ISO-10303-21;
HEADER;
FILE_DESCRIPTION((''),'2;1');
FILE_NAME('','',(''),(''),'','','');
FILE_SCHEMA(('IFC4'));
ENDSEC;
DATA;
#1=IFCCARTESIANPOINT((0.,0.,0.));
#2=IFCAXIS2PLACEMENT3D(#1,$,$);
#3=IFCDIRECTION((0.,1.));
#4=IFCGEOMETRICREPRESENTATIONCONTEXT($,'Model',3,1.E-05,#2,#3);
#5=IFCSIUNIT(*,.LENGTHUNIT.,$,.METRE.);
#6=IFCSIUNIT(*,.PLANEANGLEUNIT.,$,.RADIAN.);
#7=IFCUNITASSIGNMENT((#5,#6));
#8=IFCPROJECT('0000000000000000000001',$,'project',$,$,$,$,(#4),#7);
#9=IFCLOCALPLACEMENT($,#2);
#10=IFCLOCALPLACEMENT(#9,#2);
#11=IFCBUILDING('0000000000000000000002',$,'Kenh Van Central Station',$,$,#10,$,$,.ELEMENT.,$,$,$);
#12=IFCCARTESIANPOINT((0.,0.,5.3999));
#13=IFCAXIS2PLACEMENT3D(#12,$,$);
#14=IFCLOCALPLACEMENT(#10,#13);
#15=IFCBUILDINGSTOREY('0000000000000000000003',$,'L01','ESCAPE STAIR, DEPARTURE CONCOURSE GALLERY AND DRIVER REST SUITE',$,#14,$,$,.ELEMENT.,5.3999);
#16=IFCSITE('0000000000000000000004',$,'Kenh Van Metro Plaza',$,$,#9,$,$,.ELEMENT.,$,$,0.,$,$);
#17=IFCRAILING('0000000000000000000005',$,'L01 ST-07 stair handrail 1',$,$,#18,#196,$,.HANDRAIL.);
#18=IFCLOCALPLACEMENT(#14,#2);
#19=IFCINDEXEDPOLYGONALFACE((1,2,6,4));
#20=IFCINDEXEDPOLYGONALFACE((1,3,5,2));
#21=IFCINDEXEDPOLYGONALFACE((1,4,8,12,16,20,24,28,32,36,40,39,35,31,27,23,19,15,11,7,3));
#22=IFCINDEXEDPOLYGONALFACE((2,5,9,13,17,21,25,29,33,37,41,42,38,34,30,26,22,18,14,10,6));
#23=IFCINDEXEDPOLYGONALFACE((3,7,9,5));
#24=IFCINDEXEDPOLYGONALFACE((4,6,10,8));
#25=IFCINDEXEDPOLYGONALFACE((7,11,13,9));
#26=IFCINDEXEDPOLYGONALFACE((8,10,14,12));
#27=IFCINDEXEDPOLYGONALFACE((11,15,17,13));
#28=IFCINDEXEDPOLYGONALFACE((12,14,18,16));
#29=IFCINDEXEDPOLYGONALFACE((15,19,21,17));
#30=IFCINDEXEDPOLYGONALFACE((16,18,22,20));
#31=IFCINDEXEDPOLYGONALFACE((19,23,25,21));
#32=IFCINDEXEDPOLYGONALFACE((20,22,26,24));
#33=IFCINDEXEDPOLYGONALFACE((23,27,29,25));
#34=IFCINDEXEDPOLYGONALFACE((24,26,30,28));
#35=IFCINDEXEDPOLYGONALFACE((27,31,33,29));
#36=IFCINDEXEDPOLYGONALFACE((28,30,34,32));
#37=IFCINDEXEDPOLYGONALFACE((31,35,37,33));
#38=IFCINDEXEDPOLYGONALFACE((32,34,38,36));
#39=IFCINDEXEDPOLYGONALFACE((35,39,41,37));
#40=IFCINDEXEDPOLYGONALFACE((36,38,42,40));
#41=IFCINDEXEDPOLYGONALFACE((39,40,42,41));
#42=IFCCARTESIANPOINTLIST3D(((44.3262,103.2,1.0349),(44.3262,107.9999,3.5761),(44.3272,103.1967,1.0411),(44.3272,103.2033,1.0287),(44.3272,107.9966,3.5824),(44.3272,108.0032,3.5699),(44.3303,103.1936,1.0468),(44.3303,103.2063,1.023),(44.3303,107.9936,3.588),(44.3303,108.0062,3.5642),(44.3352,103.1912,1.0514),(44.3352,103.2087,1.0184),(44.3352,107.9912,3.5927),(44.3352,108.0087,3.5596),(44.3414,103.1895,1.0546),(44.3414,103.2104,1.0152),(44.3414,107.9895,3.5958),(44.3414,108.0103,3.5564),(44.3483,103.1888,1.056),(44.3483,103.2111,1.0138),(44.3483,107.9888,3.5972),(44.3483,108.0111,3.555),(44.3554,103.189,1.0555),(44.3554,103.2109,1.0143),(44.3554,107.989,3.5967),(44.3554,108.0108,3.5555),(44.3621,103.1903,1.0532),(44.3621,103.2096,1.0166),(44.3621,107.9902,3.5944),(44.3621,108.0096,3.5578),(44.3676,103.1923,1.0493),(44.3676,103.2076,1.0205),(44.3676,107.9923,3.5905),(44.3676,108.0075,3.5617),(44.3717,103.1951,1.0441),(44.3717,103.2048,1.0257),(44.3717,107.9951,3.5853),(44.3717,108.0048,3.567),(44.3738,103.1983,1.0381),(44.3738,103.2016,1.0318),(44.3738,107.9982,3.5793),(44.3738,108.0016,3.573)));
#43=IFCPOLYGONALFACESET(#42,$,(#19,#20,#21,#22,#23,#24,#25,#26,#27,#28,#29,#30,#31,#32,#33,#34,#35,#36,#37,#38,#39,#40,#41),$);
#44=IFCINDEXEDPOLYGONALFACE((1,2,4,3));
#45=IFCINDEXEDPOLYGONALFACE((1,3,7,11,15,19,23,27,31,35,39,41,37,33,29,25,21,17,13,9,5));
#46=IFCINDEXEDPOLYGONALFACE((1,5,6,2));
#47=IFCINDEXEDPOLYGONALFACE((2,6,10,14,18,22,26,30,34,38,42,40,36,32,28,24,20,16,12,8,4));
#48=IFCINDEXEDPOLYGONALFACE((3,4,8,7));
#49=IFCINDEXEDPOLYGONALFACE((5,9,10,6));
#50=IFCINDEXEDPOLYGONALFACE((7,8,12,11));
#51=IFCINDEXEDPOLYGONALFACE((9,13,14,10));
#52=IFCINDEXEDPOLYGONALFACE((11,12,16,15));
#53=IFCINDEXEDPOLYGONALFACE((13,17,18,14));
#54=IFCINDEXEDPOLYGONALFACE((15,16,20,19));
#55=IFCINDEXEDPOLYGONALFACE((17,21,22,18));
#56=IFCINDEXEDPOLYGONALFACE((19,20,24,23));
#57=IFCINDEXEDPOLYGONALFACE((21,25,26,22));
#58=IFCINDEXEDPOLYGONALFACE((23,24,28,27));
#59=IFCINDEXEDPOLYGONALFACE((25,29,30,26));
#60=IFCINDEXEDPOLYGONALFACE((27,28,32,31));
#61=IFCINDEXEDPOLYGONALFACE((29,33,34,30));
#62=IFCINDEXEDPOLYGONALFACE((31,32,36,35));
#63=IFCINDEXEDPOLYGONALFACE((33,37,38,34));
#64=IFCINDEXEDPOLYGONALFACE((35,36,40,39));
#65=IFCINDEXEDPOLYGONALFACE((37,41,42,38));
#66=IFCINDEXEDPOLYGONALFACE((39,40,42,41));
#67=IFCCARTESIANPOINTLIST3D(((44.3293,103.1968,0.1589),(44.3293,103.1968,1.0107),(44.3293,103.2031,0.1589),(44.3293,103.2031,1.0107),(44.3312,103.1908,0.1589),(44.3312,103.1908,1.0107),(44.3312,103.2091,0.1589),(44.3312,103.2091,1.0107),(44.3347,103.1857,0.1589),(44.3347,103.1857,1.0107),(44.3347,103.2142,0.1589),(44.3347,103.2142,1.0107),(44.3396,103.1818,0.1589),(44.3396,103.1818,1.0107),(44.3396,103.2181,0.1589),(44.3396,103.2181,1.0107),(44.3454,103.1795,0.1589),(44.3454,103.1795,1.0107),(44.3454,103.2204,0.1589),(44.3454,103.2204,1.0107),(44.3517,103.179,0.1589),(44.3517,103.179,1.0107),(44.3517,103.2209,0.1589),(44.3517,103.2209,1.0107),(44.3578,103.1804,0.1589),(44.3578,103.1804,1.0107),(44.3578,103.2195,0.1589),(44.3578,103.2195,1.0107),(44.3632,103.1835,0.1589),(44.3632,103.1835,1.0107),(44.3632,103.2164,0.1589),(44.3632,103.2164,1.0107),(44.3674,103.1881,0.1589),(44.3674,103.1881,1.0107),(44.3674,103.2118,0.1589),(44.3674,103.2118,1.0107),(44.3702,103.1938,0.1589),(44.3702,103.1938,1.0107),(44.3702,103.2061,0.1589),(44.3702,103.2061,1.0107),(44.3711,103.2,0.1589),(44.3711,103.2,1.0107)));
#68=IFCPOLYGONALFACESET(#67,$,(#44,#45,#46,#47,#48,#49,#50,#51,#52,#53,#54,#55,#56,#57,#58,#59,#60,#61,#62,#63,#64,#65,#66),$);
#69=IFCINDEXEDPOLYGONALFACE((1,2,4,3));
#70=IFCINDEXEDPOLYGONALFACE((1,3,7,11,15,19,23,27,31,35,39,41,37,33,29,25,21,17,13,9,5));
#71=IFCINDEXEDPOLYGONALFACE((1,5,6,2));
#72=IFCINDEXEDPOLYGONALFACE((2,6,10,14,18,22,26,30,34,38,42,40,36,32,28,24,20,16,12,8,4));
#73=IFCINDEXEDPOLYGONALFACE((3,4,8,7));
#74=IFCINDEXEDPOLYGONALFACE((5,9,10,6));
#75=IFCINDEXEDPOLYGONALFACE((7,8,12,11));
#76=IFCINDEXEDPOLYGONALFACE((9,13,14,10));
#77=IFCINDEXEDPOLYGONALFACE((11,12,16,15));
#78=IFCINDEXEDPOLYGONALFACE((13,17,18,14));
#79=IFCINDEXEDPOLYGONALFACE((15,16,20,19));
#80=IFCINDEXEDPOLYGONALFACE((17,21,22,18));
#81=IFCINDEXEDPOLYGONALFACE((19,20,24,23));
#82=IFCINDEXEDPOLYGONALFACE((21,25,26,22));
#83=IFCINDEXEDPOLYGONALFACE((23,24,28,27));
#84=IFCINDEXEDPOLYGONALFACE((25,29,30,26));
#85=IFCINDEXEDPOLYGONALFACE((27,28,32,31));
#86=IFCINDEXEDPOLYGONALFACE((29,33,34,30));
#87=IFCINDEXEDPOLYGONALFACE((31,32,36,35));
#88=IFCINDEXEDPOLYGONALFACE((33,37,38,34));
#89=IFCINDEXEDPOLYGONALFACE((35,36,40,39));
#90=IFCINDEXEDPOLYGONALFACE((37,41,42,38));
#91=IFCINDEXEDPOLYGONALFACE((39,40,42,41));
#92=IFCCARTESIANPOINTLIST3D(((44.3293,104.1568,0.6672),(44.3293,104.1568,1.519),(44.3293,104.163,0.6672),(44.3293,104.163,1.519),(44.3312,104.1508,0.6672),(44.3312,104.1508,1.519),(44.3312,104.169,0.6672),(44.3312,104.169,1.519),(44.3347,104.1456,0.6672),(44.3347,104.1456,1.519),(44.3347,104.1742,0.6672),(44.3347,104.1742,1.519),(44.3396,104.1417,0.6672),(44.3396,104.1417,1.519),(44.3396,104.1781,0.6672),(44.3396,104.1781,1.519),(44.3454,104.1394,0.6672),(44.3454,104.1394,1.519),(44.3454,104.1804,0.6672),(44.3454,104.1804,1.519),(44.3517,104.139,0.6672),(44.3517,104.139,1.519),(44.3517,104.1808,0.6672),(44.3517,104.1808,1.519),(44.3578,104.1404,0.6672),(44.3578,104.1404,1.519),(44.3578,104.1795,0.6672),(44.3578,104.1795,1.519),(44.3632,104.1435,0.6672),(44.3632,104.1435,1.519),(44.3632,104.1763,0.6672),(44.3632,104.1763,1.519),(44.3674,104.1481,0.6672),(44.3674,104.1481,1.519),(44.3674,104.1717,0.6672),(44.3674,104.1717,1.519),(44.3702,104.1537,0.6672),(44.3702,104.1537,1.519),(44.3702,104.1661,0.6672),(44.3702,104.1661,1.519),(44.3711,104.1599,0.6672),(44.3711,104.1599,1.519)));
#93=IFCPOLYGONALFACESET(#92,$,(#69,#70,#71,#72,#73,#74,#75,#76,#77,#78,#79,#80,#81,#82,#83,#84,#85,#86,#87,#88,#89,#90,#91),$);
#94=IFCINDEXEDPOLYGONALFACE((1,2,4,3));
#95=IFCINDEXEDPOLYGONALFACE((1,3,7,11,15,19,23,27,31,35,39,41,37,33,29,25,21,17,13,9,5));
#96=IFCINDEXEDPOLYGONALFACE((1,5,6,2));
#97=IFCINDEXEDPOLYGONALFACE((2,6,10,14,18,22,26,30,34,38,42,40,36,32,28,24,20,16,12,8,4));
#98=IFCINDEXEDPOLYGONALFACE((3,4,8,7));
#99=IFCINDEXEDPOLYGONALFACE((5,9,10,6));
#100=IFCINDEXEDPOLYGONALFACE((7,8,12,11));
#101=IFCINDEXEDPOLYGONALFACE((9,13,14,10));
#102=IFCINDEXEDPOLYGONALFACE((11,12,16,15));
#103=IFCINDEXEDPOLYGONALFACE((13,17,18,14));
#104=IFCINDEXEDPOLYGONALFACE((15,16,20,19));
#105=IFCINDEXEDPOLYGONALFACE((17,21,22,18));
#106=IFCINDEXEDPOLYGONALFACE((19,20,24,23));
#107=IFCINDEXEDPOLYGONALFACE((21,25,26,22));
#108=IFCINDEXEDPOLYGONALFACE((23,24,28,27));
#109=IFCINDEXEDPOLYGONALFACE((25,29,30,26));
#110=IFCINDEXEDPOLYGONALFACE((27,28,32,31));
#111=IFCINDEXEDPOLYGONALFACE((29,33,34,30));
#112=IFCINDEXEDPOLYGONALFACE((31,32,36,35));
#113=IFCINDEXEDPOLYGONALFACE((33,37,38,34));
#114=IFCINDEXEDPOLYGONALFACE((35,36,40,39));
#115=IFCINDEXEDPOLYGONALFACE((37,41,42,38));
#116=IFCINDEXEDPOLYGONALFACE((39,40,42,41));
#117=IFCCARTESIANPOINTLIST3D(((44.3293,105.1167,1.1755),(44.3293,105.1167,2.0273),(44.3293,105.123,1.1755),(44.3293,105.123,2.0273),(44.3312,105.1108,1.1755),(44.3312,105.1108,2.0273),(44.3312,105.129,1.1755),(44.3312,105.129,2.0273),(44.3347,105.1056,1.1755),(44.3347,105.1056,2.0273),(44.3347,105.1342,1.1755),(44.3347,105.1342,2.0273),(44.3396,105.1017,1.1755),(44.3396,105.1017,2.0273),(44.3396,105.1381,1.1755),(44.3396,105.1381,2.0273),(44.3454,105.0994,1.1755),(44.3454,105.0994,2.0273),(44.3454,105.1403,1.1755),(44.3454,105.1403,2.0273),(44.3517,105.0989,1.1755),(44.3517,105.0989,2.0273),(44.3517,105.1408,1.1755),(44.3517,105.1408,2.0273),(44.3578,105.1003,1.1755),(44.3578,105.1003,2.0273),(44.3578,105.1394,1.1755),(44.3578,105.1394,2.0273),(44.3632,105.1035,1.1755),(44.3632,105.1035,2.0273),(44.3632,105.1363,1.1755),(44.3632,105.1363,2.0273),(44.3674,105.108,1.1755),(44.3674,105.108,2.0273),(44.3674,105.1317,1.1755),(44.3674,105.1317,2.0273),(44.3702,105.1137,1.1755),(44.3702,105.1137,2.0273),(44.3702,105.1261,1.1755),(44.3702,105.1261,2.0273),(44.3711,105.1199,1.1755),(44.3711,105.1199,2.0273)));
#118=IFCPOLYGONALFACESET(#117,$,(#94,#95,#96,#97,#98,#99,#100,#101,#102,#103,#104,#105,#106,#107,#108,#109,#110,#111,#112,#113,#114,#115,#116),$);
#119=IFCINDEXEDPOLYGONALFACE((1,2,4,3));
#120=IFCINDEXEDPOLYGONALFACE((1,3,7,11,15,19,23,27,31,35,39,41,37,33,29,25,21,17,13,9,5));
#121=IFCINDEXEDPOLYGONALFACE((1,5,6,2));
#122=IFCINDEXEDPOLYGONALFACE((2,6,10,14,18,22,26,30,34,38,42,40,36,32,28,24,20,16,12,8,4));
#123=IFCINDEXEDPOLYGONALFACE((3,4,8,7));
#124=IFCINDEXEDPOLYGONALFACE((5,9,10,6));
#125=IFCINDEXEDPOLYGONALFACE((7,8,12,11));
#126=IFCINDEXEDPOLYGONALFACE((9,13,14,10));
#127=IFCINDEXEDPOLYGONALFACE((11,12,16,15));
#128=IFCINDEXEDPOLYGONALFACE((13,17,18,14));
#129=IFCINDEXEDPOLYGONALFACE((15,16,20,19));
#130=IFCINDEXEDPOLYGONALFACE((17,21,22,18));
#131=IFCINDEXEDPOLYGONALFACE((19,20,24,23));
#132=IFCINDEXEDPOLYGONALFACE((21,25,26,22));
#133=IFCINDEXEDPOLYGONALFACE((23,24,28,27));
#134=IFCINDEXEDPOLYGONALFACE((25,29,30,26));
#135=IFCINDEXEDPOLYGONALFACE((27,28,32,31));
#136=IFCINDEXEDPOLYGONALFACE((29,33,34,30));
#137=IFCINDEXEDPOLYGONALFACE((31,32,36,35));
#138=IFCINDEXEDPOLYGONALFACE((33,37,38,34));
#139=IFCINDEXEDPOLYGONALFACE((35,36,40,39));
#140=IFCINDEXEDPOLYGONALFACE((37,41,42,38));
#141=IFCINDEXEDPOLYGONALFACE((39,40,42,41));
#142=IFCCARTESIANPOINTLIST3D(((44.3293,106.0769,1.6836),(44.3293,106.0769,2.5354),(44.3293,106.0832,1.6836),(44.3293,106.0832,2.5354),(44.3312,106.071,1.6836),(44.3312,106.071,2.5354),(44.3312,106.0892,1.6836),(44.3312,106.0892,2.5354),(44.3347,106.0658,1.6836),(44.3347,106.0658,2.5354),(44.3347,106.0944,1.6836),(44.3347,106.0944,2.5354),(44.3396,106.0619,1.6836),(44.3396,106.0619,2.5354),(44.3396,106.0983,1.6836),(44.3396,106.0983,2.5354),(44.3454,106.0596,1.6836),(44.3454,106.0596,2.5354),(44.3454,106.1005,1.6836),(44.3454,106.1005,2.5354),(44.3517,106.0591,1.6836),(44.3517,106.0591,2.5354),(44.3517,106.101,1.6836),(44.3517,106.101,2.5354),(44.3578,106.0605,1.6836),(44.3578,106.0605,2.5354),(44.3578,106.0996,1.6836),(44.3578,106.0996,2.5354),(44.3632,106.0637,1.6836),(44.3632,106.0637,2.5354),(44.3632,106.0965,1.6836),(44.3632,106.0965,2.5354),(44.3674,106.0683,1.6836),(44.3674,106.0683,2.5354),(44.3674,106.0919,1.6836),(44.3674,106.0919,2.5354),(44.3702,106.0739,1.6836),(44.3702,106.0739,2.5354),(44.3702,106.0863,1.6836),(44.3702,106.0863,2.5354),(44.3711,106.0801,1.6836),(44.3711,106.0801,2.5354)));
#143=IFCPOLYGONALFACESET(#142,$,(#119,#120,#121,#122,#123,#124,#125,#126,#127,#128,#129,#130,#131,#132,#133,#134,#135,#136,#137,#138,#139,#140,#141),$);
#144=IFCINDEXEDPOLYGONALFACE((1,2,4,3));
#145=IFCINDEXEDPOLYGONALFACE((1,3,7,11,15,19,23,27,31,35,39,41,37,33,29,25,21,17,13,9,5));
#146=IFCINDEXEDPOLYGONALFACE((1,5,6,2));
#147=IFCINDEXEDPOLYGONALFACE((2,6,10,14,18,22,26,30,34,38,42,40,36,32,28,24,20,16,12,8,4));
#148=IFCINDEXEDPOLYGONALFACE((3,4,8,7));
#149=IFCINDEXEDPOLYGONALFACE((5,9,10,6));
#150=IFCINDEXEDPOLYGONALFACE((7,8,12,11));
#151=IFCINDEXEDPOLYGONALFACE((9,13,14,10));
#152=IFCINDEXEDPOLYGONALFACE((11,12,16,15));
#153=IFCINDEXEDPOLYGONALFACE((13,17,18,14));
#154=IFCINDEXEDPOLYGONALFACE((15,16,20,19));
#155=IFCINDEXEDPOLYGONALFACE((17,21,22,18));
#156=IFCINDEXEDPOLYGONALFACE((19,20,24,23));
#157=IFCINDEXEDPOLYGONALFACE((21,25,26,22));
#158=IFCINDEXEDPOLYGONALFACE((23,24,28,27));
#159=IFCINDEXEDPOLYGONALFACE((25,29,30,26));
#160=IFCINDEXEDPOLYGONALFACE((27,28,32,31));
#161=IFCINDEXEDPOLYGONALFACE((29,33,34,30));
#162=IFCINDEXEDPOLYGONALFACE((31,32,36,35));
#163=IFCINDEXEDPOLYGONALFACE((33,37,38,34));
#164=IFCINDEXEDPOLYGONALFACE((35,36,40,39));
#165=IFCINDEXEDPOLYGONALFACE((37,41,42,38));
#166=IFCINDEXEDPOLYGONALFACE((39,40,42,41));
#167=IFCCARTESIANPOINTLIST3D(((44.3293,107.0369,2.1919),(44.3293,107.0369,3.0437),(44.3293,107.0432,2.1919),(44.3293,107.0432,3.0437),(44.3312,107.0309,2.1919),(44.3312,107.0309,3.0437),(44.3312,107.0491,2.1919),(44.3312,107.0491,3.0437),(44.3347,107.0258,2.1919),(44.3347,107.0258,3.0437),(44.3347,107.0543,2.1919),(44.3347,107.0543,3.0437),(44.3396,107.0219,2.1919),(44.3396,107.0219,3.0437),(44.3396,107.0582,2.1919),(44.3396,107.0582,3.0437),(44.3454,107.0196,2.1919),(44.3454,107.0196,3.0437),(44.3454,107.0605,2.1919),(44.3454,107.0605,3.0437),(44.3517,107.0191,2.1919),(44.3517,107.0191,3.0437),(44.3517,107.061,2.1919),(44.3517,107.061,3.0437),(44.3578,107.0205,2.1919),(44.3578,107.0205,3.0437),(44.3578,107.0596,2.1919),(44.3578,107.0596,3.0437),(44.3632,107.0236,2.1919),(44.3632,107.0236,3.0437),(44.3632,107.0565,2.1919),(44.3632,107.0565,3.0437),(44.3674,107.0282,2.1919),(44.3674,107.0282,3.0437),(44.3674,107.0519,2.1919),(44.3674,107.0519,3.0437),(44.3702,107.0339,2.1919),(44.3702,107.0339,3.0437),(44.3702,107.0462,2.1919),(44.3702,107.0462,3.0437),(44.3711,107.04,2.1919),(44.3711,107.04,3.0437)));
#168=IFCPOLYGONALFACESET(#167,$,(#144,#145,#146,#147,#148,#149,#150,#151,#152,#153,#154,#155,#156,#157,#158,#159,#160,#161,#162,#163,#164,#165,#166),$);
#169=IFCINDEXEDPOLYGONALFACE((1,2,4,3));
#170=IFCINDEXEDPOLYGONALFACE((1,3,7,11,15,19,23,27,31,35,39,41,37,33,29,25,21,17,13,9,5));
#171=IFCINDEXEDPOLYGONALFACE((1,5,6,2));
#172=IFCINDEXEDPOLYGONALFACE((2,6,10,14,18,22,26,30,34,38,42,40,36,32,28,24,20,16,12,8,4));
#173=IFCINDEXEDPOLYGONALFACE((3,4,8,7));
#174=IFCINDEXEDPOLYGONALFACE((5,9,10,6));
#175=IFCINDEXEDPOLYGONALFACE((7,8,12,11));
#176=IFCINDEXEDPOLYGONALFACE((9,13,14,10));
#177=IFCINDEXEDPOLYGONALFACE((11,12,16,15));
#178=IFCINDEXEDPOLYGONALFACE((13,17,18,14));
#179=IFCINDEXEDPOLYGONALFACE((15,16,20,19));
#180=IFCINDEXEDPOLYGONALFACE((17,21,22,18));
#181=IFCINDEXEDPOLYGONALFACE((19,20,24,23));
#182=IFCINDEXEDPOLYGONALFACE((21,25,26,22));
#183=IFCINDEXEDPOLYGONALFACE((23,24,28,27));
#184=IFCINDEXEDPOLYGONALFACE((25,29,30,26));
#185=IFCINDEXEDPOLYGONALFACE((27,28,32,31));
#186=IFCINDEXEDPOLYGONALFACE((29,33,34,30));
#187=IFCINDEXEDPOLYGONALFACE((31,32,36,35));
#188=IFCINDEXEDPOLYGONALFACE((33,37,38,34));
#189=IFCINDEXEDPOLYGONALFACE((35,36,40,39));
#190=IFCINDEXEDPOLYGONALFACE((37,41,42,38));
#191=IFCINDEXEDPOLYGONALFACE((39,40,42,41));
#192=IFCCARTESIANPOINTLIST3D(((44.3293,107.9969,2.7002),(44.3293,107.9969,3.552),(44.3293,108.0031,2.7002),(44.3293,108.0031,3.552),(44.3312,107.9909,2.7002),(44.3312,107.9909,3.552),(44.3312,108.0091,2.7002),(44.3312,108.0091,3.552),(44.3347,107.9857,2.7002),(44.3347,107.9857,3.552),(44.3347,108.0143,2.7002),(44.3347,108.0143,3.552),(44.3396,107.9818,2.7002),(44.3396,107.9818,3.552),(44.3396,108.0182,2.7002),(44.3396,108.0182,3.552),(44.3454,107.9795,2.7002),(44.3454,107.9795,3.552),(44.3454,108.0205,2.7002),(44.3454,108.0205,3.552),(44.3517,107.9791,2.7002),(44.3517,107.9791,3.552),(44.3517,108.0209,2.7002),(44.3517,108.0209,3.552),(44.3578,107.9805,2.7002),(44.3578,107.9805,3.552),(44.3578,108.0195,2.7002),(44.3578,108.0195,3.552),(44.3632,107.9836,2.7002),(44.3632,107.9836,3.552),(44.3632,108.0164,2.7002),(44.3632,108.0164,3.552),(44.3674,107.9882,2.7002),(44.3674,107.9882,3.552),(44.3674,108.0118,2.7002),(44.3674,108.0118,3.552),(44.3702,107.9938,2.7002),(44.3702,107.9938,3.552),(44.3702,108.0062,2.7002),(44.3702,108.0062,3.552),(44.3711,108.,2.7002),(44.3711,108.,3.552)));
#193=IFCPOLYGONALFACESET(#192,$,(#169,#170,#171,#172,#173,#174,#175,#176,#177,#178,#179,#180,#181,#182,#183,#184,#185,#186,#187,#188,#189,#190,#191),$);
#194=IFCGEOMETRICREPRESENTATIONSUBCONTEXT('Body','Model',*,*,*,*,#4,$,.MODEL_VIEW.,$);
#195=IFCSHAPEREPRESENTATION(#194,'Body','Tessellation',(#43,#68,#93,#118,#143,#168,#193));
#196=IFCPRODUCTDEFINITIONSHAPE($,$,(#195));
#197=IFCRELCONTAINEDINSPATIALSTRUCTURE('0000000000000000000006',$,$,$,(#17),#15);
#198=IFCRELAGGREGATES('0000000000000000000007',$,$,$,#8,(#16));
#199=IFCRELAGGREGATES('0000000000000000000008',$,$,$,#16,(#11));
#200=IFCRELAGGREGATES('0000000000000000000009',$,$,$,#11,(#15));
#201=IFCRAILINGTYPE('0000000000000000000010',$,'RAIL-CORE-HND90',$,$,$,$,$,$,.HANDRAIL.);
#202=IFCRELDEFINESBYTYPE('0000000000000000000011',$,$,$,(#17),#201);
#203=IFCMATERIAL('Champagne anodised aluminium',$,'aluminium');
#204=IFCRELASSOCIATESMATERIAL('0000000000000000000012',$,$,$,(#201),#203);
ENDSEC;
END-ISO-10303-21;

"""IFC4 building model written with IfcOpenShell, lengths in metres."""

from ifc_helpers import new_model, si_unit, direction, frame, origin, origin_2d, place, context, subcontext, project, spatial, circle, extrude, material, type_object, element, save


model = new_model("IFC4")

# Units and contexts
model_context = context("Model", 3, precision=1e-05, world=origin(), true_north=direction((0.0, 1.0)))
body_context = subcontext(model_context, "Body", "Model", "MODEL_VIEW")
ifc_project = project(units=[si_unit("LENGTHUNIT", "METRE"), si_unit("PLANEANGLEUNIT", "RADIAN")], contexts=[model_context])

# Site, building, storey
site_placement = place(None, origin())
site = spatial("IfcSite", under=ifc_project, at=site_placement, Name="Kenh Van Metro Plaza", CompositionType="ELEMENT", RefElevation=0.0)
building_placement = place(site_placement, origin())
building = spatial("IfcBuilding", under=site, at=building_placement, Name="Kenh Van Central Station", CompositionType="ELEMENT")
storey_placement = place(building_placement, frame((0.0, 0.0, 5.3999)))
storey = spatial("IfcBuildingStorey", under=building, at=storey_placement, Name="L01", Description="ESCAPE STAIR, DEPARTURE CONCOURSE GALLERY AND DRIVER REST SUITE", CompositionType="ELEMENT", Elevation=5.3999)

# Shared definitions
ifc_material_1 = material(Name="Champagne anodised aluminium", Category="aluminium")

# Railing
railing_type = type_object("IfcRailingType", Name="RAIL-CORE-HND90", PredefinedType="HANDRAIL", material=ifc_material_1)
railing_placement = place(storey_placement, frame((44.3501, 103.2, 0.1589)))
element("IfcRailing", 1, at=railing_placement, inside=storey, type_object=railing_type, Name="L01 ST-07 stair handrail 1", PredefinedType="HANDRAIL", context=body_context, shape_type="SweptSolid", body=[
    extrude(circle(Radius=0.0239, at=origin_2d()), frame((0.0, 0.0, 0.876), z_axis=(0.0, 0.883784, 0.467896), x_axis=(-1.0, 0.0, 0.0)), (0.0, 0.0, 1.0), 5.4312),
    extrude(circle(Radius=0.021, at=origin_2d()), origin(), (0.0, 0.0, 1.0), 0.8518),
    extrude(circle(Radius=0.021, at=origin_2d()), frame((0.0, 0.96, 0.5083)), (0.0, 0.0, 1.0), 0.8518),
    extrude(circle(Radius=0.021, at=origin_2d()), frame((0.0, 1.9199, 1.0166)), (0.0, 0.0, 1.0), 0.8518),
    extrude(circle(Radius=0.021, at=origin_2d()), frame((0.0, 2.8801, 1.5247)), (0.0, 0.0, 1.0), 0.8518),
    extrude(circle(Radius=0.021, at=origin_2d()), frame((0.0, 3.8401, 2.033)), (0.0, 0.0, 1.0), 0.8518),
    extrude(circle(Radius=0.021, at=origin_2d()), frame((0.0, 4.8, 2.5413)), (0.0, 0.0, 1.0), 0.8518),
])

save(model, "model.ifc")
